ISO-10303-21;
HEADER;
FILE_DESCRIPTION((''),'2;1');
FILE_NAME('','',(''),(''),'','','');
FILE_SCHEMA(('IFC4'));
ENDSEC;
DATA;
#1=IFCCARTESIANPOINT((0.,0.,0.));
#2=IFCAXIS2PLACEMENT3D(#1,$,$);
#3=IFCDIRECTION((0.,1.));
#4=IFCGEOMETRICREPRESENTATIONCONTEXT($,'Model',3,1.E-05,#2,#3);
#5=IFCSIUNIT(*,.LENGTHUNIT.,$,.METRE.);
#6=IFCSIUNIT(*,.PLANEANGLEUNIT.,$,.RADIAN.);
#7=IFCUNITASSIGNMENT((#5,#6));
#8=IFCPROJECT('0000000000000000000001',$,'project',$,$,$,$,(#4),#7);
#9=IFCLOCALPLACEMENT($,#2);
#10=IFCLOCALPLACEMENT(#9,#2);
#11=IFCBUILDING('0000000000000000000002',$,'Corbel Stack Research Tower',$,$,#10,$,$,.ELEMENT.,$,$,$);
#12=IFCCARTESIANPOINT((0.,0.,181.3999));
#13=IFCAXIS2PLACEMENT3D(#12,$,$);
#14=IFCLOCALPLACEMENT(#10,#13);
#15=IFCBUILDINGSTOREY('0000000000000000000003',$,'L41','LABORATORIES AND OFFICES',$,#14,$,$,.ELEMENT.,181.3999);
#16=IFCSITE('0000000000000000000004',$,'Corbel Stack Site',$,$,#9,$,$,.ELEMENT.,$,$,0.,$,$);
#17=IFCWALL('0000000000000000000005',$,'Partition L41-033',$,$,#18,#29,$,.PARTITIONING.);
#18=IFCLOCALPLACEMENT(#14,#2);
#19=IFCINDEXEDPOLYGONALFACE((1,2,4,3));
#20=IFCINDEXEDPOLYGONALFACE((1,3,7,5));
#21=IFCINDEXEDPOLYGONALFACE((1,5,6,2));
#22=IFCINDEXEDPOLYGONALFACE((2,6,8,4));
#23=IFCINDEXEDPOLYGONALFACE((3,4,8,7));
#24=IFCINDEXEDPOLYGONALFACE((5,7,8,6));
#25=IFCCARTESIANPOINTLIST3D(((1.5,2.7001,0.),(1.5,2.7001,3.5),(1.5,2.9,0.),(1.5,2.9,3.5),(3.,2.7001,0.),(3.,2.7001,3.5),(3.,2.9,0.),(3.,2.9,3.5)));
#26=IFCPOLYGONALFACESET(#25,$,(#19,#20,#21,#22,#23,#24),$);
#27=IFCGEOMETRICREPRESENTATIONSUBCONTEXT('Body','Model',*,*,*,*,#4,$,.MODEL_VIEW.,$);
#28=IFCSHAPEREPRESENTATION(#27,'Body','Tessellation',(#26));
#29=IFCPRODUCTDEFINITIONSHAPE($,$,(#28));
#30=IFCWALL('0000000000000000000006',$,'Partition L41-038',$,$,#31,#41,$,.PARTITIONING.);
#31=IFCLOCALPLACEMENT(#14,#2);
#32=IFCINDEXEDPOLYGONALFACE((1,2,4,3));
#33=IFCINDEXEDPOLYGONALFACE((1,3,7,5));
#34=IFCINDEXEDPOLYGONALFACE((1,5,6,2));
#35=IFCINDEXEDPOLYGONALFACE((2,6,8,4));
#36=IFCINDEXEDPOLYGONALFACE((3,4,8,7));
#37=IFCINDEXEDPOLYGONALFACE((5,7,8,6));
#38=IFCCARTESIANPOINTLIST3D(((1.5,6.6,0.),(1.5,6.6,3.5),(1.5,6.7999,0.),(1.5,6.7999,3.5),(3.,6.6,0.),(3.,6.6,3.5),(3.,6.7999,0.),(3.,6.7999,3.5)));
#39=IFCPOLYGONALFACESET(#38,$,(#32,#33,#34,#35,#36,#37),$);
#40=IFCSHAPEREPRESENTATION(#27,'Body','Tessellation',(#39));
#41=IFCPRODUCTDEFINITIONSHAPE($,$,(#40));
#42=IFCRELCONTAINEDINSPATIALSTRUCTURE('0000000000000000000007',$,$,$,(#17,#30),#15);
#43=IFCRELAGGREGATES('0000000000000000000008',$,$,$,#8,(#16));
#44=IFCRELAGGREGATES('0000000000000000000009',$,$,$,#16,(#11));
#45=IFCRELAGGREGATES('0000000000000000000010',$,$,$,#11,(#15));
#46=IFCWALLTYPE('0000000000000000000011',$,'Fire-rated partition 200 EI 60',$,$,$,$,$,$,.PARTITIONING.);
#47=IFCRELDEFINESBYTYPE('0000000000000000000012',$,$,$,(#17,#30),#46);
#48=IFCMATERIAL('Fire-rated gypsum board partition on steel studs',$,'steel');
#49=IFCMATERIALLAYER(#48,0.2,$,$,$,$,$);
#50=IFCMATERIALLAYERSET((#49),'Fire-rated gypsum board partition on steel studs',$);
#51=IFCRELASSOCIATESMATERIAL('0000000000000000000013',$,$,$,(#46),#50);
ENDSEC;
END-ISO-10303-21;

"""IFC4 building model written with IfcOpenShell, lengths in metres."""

from ifc_helpers import new_model, si_unit, direction, frame, frame_2d, origin, place, context, subcontext, project, spatial, rectangle, extrude, material, layer, layer_set, type_object, element, save


model = new_model("IFC4")

# Units and contexts
model_context = context("Model", 3, precision=1e-05, world=origin(), true_north=direction((0.0, 1.0)))
body_context = subcontext(model_context, "Body", "Model", "MODEL_VIEW")
ifc_project = project(units=[si_unit("LENGTHUNIT", "METRE"), si_unit("PLANEANGLEUNIT", "RADIAN")], contexts=[model_context])

# Site, building, storey
site_placement = place(None, origin())
site = spatial("IfcSite", under=ifc_project, at=site_placement, Name="Corbel Stack Site", CompositionType="ELEMENT", RefElevation=0.0)
building_placement = place(site_placement, origin())
building = spatial("IfcBuilding", under=site, at=building_placement, Name="Corbel Stack Research Tower", CompositionType="ELEMENT")
storey_placement = place(building_placement, frame((0.0, 0.0, 181.3999)))
storey = spatial("IfcBuildingStorey", under=building, at=storey_placement, Name="L41", Description="LABORATORIES AND OFFICES", CompositionType="ELEMENT", Elevation=181.3999)

# Shared definitions
ifc_material_1 = material(Name="Fire-rated gypsum board partition on steel studs", Category="steel")
ifc_layer_1 = layer(ifc_material_1, 0.2)
ifc_layer_set_1 = layer_set([ifc_layer_1], Name="Fire-rated gypsum board partition on steel studs")
wall_type_1 = type_object("IfcWallType", Name="Fire-rated partition 200 EI 60", PredefinedType="PARTITIONING", material=ifc_layer_set_1)

# Walls
for number, where, z_axis, x_axis, name in (
    (1, (1.5, 2.8, 0.0), (0.0, 0.0, 1.0), (1.0, 0.0, 0.0), "Partition L41-033"),
    (2, (1.5, 6.7, 0.0), (0.0, 0.0, 1.0), (1.0, 0.0, 0.0), "Partition L41-038"),
):
    element("IfcWall", number, at=place(storey_placement, frame(where, z_axis=z_axis, x_axis=x_axis)), inside=storey, type_object=wall_type_1, Name=name, PredefinedType="PARTITIONING", context=body_context, shape_type="SweptSolid", body=[
        extrude(rectangle(XDim=1.5, YDim=0.2, at=frame_2d((0.75, 0.0))), origin(), (0.0, 0.0, 1.0), 3.5),
    ])

save(model, "model.ifc")
